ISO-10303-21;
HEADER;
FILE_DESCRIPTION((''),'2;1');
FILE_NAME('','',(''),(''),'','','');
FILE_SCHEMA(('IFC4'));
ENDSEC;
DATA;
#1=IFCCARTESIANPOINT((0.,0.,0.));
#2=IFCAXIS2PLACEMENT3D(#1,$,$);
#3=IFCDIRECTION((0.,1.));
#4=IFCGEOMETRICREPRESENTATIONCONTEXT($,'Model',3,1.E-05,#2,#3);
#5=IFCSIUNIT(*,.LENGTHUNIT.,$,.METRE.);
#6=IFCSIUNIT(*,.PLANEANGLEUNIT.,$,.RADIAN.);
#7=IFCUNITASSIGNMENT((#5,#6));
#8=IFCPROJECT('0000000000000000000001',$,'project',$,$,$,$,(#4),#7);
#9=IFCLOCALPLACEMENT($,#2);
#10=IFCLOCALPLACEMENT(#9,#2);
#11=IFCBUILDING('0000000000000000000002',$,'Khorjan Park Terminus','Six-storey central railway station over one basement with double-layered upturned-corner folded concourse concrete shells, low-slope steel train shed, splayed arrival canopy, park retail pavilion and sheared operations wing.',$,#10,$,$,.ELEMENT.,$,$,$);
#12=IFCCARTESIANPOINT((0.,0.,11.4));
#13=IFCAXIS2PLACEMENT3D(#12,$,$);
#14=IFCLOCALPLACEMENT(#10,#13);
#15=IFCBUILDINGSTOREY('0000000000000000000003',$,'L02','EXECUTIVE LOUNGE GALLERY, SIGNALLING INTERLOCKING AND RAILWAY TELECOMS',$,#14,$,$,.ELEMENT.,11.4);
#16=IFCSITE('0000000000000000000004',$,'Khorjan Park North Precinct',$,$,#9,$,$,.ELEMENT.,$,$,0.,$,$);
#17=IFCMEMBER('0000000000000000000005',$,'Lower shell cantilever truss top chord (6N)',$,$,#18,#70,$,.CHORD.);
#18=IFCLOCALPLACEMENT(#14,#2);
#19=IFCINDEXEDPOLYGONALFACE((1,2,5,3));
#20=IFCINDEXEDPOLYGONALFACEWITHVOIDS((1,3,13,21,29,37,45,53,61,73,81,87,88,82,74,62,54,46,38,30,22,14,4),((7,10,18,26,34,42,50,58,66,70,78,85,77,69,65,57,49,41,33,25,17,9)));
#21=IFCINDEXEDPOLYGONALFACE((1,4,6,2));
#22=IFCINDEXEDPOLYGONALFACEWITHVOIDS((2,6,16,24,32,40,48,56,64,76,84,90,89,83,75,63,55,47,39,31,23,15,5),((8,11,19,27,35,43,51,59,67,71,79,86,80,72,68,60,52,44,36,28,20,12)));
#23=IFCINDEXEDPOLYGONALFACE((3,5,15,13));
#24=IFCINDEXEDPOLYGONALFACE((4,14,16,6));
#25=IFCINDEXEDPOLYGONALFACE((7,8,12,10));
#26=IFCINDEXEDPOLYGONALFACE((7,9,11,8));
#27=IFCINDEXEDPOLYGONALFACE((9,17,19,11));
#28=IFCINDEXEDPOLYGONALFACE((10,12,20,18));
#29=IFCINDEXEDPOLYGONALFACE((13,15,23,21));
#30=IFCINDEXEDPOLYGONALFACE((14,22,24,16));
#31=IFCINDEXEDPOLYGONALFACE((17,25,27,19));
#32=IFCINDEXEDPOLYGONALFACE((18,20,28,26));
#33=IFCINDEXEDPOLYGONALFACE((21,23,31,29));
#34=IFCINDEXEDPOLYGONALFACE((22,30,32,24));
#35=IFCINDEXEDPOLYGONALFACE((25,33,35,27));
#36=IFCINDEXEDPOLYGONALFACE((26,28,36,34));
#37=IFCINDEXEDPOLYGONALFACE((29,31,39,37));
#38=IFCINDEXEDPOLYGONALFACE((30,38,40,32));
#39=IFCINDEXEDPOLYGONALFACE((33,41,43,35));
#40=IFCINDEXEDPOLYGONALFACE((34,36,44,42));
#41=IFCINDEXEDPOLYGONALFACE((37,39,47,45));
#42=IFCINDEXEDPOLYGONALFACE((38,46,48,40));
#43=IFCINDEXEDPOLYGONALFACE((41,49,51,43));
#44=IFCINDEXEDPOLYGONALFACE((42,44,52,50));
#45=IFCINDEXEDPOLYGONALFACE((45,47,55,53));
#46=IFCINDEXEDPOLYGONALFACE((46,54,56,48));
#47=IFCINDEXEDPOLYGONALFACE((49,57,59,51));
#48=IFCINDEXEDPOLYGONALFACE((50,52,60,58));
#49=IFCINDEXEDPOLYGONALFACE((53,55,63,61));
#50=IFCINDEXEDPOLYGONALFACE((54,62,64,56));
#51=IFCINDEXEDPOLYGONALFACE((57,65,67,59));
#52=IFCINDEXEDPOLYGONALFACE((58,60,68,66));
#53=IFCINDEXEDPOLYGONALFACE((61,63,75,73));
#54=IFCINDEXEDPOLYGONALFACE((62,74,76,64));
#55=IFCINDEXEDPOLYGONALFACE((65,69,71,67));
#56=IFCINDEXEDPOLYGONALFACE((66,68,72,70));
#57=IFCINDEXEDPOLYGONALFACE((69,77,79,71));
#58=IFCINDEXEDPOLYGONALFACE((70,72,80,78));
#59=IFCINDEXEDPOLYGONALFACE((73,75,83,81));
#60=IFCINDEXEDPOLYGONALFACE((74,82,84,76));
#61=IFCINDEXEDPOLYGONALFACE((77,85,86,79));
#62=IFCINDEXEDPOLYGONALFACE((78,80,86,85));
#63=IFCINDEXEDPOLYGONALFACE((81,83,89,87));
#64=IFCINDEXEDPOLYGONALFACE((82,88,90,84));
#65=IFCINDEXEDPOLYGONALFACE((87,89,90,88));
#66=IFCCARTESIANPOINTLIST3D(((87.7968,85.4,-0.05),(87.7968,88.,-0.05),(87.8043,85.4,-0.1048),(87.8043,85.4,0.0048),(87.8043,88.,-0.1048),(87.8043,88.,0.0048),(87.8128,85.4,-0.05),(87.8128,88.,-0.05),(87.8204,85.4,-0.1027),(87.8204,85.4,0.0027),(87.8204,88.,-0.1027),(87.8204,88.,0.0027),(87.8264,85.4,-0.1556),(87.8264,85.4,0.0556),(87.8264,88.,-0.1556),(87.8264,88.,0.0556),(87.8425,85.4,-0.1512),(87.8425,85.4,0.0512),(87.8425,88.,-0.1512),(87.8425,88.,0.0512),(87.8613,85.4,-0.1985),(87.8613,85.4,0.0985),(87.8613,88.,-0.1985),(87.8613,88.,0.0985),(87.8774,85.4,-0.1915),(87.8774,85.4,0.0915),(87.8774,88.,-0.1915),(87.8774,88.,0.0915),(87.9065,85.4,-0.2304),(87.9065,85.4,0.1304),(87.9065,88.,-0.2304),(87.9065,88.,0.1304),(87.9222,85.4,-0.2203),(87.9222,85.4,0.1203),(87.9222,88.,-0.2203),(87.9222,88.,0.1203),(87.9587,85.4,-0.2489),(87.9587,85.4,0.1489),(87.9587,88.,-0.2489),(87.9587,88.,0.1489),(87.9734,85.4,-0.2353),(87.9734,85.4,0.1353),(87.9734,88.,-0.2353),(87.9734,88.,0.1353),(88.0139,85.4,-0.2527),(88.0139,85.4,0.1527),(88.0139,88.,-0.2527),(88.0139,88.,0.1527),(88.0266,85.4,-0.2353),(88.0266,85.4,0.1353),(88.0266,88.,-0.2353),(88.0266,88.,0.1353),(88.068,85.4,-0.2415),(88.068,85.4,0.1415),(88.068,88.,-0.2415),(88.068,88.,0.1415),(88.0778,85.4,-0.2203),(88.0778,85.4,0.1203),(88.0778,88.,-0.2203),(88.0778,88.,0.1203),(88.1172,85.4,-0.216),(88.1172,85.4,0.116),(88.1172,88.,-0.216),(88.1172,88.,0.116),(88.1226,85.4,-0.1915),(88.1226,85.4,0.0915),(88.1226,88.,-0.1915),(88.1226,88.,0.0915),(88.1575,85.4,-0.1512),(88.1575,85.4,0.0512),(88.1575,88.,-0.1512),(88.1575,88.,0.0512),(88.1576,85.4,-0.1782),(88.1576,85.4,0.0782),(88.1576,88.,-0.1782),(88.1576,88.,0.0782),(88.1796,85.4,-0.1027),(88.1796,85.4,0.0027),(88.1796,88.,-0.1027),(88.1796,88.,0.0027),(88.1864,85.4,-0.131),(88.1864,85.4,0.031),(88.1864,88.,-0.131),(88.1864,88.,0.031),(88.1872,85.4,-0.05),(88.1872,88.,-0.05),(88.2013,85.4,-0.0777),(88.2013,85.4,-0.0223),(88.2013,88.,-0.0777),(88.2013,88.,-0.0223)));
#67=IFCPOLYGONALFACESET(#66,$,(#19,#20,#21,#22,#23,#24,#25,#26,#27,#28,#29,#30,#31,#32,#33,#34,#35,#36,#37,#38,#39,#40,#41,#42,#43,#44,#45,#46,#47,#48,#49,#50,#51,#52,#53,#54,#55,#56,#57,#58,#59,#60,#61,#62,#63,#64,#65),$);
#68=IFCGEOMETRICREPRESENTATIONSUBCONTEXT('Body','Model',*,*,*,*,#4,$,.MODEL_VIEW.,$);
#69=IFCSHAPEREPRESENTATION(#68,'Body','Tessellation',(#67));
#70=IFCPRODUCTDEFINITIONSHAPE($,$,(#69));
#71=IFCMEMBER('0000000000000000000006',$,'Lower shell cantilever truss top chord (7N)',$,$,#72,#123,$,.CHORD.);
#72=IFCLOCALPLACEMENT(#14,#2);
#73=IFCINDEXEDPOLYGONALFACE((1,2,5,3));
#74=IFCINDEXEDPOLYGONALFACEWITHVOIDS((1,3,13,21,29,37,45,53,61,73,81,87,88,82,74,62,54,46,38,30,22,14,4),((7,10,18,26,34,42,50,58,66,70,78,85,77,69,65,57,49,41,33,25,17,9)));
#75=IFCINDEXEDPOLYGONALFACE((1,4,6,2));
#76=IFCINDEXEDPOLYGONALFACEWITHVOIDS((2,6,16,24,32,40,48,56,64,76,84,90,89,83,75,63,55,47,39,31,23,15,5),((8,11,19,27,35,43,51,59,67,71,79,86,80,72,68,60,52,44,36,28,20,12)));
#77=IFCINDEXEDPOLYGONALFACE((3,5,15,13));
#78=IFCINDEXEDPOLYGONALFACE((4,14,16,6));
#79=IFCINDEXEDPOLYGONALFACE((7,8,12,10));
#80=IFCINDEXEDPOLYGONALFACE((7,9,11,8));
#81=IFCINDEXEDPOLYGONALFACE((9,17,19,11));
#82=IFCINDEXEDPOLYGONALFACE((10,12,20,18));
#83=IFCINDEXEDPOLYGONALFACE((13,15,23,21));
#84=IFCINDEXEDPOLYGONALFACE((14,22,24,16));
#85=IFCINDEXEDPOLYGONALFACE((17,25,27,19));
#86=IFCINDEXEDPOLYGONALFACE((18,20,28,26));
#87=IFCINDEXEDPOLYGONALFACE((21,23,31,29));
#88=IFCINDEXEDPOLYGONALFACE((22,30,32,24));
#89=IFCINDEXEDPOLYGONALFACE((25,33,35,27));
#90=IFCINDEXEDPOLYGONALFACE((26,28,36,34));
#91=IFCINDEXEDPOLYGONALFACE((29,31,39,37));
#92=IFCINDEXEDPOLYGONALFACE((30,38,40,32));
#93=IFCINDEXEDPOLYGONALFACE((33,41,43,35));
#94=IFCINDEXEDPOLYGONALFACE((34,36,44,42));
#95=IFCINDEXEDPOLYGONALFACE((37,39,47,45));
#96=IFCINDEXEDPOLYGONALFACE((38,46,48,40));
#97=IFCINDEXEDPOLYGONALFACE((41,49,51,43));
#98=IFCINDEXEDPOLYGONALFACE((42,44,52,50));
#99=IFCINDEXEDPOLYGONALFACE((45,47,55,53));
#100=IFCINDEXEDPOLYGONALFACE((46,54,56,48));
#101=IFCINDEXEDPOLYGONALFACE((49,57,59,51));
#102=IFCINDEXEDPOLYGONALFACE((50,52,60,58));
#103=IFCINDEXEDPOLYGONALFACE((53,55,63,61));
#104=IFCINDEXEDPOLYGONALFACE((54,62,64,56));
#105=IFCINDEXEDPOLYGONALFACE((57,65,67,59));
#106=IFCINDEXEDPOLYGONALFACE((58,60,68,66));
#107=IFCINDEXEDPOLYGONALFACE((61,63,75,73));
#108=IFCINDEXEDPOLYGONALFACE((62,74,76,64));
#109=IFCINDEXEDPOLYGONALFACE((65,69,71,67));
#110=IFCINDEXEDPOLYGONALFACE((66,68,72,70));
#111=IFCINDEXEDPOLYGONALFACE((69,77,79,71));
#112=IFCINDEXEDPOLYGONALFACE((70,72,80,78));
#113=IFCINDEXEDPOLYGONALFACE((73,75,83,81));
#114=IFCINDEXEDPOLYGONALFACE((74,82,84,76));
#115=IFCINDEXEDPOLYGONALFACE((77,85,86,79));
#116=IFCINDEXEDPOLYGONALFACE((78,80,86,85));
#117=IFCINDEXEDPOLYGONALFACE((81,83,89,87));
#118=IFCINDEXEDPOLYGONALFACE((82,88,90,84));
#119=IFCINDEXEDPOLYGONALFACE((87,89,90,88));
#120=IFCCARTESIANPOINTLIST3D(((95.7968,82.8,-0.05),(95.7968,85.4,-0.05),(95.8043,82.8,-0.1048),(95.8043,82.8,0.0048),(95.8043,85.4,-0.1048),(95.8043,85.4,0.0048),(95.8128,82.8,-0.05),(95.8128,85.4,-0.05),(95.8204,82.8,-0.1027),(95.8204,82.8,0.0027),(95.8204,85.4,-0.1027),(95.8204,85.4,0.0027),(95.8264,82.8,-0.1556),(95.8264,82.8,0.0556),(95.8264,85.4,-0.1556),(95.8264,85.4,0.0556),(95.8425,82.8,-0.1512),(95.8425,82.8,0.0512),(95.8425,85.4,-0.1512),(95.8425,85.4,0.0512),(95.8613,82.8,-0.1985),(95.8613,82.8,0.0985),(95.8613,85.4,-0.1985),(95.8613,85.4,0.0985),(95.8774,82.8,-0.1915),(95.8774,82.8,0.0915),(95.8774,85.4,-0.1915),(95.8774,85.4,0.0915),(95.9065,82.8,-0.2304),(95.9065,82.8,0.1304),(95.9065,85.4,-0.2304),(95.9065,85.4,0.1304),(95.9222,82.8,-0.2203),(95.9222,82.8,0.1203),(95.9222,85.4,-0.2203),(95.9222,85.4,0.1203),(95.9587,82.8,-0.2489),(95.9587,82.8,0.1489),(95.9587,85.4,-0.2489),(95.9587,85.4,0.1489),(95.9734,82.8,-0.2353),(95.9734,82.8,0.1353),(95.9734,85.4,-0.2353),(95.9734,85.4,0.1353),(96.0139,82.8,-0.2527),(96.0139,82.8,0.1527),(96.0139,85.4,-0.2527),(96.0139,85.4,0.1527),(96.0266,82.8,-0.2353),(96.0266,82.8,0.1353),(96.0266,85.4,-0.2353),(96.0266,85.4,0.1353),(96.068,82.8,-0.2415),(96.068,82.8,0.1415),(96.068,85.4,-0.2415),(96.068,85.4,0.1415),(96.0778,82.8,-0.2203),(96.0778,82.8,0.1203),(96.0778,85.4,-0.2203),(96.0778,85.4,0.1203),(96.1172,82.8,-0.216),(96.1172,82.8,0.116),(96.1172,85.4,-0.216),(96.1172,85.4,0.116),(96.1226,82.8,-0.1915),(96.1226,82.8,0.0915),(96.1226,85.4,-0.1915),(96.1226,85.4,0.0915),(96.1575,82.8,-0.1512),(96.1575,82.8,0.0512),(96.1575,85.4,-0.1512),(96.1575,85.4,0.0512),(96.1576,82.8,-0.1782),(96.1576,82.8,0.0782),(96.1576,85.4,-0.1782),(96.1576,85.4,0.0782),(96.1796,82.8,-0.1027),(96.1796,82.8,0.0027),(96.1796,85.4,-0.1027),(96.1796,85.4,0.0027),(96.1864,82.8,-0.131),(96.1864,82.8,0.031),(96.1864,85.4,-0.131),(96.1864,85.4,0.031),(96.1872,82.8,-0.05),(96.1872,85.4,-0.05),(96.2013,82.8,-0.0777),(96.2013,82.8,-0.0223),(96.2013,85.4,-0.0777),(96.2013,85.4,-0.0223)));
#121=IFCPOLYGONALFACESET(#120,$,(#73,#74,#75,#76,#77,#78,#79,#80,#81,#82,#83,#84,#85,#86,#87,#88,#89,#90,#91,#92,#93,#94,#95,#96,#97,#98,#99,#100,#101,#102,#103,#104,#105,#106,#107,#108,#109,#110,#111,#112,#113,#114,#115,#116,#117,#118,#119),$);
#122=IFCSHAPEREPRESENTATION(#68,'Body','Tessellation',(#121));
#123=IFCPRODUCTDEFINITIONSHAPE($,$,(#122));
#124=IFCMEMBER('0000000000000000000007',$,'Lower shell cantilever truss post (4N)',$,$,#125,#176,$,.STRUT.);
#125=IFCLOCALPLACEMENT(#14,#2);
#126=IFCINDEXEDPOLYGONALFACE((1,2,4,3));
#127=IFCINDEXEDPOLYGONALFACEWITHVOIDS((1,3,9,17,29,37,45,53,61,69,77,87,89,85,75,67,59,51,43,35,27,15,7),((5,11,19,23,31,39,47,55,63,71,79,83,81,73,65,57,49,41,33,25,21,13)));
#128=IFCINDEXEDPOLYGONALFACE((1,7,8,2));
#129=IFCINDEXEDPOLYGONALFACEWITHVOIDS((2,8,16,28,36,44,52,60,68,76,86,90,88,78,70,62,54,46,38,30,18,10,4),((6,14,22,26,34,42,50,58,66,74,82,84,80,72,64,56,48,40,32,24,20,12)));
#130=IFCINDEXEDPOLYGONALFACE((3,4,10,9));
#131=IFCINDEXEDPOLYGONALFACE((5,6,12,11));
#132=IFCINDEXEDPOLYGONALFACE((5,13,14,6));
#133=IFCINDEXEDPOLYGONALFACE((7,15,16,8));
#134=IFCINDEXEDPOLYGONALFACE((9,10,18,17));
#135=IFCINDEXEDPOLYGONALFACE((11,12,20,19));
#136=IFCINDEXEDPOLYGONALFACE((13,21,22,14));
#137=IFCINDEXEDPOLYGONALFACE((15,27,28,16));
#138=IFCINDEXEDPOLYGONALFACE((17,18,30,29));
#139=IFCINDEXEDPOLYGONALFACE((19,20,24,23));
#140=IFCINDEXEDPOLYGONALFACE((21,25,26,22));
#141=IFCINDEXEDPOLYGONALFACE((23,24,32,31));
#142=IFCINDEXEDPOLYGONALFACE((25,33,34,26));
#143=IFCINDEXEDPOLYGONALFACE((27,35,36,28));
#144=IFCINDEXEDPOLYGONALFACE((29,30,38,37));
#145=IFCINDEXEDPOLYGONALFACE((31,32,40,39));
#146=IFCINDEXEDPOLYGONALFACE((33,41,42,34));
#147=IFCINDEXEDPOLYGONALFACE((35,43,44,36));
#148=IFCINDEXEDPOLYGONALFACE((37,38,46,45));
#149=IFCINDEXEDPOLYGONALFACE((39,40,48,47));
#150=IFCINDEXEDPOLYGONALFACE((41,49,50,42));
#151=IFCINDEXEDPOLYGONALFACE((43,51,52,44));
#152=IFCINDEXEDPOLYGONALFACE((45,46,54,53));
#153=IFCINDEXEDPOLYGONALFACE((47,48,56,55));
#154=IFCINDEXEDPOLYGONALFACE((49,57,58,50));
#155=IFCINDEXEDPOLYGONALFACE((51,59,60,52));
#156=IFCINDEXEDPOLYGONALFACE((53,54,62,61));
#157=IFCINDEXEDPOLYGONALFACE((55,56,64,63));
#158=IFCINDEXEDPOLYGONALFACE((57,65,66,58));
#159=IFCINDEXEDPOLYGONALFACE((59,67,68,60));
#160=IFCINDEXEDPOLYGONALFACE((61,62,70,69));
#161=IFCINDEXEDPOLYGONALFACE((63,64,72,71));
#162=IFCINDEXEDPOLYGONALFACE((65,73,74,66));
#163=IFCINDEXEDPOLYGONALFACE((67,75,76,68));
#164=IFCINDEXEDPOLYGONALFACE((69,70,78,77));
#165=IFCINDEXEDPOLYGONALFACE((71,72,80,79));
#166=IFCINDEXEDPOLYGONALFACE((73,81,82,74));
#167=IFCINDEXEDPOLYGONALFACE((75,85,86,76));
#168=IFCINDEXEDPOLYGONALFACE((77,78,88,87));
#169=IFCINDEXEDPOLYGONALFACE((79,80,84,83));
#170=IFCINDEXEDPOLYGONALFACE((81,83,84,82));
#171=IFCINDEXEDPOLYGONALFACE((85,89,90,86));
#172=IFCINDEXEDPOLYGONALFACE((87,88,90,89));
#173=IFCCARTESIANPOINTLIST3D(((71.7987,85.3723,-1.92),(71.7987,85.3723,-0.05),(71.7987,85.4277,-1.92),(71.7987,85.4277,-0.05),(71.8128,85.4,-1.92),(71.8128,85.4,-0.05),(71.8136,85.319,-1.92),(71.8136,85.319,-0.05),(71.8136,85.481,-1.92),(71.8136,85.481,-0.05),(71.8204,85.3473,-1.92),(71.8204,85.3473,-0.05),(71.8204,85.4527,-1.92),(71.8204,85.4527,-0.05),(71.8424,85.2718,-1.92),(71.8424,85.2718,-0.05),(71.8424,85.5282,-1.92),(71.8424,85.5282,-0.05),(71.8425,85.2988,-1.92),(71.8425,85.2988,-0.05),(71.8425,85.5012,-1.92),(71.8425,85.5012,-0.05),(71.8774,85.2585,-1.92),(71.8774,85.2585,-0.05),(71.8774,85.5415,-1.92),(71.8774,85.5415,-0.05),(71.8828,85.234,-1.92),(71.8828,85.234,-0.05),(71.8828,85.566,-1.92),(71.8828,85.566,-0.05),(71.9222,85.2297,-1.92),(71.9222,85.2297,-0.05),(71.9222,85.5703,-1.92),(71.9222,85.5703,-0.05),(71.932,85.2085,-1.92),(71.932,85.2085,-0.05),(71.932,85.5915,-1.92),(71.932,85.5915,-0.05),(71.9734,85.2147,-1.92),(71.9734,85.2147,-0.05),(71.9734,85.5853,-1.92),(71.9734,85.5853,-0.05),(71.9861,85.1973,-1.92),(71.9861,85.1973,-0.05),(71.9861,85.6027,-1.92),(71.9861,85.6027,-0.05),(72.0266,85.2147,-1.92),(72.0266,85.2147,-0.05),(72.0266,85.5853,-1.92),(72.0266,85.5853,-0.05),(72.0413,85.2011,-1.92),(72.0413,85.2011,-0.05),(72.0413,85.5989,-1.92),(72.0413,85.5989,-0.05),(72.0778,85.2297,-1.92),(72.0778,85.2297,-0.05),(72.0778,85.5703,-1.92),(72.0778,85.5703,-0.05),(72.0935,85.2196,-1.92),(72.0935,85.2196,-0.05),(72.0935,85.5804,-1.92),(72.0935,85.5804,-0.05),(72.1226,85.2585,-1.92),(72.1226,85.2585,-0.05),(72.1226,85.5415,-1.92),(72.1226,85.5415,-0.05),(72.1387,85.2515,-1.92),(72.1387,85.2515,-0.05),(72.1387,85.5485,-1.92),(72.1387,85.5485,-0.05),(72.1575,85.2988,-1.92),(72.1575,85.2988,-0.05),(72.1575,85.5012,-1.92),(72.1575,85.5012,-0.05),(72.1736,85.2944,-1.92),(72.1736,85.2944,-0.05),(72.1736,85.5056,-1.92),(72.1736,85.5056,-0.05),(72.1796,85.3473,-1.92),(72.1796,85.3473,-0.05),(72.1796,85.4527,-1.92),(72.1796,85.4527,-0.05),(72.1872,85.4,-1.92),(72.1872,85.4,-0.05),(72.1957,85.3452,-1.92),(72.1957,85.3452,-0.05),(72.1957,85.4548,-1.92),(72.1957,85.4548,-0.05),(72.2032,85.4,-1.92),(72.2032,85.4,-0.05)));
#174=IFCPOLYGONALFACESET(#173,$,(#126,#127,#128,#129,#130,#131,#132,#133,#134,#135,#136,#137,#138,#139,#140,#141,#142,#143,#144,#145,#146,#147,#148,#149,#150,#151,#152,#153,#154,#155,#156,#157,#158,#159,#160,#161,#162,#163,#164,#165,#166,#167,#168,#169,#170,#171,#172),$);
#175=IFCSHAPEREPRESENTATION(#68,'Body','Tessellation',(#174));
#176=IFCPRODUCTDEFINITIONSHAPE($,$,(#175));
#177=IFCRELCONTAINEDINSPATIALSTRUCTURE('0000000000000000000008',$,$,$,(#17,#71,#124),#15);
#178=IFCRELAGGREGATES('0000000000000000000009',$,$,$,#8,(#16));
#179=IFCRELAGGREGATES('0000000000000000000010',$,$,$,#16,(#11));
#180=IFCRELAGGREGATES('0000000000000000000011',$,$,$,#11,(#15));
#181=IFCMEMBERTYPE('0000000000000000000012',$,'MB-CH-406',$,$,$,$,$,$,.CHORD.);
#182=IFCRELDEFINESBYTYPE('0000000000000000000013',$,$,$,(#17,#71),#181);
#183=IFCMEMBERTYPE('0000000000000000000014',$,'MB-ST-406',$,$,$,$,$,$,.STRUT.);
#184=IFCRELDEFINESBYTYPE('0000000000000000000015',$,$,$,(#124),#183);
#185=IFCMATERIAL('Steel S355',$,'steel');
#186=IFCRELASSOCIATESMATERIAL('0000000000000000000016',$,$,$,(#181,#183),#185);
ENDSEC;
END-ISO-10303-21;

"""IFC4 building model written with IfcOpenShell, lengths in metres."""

from ifc_helpers import new_model, si_unit, direction, frame, origin, origin_2d, place, context, subcontext, project, spatial, hollow_circle, extrude, material, material_profile, profile_set, type_object, element, save


model = new_model("IFC4")

# Units and contexts
model_context = context("Model", 3, precision=1e-05, world=origin(), true_north=direction((0.0, 1.0)))
body_context = subcontext(model_context, "Body", "Model", "MODEL_VIEW")
ifc_project = project(units=[si_unit("LENGTHUNIT", "METRE"), si_unit("PLANEANGLEUNIT", "RADIAN")], contexts=[model_context])

# Site, building, storey
site_placement = place(None, origin())
site = spatial("IfcSite", under=ifc_project, at=site_placement, Name="Khorjan Park North Precinct", CompositionType="ELEMENT", RefElevation=0.0)
building_placement = place(site_placement, origin())
building = spatial("IfcBuilding", under=site, at=building_placement, Name="Khorjan Park Terminus", Description="Six-storey central railway station over one basement with double-layered upturned-corner folded concourse concrete shells, low-slope steel train shed, splayed arrival canopy, park retail pavilion and sheared operations wing.", CompositionType="ELEMENT")
storey_placement = place(building_placement, frame((0.0, 0.0, 11.4)))
storey = spatial("IfcBuildingStorey", under=building, at=storey_placement, Name="L02", Description="EXECUTIVE LOUNGE GALLERY, SIGNALLING INTERLOCKING AND RAILWAY TELECOMS", CompositionType="ELEMENT", Elevation=11.4)

# Members
ifc_material_1 = material(Name="Steel S355", Category="steel")
ifc_material_profile_1 = material_profile(ifc_material_1, hollow_circle(Radius=0.2032, WallThickness=0.016, at=origin_2d()), Name="CHS 406.4x16")
ifc_profile_set_1 = profile_set([ifc_material_profile_1], Name="Steel S355")
member_type_1 = type_object("IfcMemberType", Name="MB-CH-406", PredefinedType="CHORD", material=ifc_profile_set_1)
for number, where, z_axis, x_axis, name in (
    (1, (88.0, 85.4, -0.05), (0.0, 1.0, 0.0), (-1.0, 0.0, 0.0), "Lower shell cantilever truss top chord (6N)"),
    (2, (96.0, 82.8, -0.05), (0.0, 1.0, 0.0), (-1.0, 0.0, 0.0), "Lower shell cantilever truss top chord (7N)"),
):
    element("IfcMember", number, at=place(storey_placement, frame(where, z_axis=z_axis, x_axis=x_axis)), inside=storey, type_object=member_type_1, Name=name, PredefinedType="CHORD", context=body_context, shape_type="SweptSolid", body=[
        extrude(hollow_circle(Radius=0.2032, WallThickness=0.016, at=origin_2d()), origin(), (0.0, 0.0, 1.0), 2.6),
    ])
ifc_material_profile_2 = material_profile(ifc_material_1, hollow_circle(Radius=0.2032, WallThickness=0.016, at=origin_2d()), Name="CHS 406.4x16")
ifc_profile_set_2 = profile_set([ifc_material_profile_2], Name="Steel S355")
member_type_2 = type_object("IfcMemberType", Name="MB-ST-406", PredefinedType="STRUT", material=ifc_profile_set_2)
member_1_placement = place(storey_placement, frame((72.0, 85.4, -1.92), z_axis=(0.0, 0.0, 1.0), x_axis=(1.0, 0.0, 0.0)))
element("IfcMember", 3, at=member_1_placement, inside=storey, type_object=member_type_2, Name="Lower shell cantilever truss post (4N)", PredefinedType="STRUT", context=body_context, shape_type="SweptSolid", body=[
    extrude(hollow_circle(Radius=0.2032, WallThickness=0.016, at=origin_2d()), origin(), (0.0, 0.0, 1.0), 1.87),
])

save(model, "model.ifc")
